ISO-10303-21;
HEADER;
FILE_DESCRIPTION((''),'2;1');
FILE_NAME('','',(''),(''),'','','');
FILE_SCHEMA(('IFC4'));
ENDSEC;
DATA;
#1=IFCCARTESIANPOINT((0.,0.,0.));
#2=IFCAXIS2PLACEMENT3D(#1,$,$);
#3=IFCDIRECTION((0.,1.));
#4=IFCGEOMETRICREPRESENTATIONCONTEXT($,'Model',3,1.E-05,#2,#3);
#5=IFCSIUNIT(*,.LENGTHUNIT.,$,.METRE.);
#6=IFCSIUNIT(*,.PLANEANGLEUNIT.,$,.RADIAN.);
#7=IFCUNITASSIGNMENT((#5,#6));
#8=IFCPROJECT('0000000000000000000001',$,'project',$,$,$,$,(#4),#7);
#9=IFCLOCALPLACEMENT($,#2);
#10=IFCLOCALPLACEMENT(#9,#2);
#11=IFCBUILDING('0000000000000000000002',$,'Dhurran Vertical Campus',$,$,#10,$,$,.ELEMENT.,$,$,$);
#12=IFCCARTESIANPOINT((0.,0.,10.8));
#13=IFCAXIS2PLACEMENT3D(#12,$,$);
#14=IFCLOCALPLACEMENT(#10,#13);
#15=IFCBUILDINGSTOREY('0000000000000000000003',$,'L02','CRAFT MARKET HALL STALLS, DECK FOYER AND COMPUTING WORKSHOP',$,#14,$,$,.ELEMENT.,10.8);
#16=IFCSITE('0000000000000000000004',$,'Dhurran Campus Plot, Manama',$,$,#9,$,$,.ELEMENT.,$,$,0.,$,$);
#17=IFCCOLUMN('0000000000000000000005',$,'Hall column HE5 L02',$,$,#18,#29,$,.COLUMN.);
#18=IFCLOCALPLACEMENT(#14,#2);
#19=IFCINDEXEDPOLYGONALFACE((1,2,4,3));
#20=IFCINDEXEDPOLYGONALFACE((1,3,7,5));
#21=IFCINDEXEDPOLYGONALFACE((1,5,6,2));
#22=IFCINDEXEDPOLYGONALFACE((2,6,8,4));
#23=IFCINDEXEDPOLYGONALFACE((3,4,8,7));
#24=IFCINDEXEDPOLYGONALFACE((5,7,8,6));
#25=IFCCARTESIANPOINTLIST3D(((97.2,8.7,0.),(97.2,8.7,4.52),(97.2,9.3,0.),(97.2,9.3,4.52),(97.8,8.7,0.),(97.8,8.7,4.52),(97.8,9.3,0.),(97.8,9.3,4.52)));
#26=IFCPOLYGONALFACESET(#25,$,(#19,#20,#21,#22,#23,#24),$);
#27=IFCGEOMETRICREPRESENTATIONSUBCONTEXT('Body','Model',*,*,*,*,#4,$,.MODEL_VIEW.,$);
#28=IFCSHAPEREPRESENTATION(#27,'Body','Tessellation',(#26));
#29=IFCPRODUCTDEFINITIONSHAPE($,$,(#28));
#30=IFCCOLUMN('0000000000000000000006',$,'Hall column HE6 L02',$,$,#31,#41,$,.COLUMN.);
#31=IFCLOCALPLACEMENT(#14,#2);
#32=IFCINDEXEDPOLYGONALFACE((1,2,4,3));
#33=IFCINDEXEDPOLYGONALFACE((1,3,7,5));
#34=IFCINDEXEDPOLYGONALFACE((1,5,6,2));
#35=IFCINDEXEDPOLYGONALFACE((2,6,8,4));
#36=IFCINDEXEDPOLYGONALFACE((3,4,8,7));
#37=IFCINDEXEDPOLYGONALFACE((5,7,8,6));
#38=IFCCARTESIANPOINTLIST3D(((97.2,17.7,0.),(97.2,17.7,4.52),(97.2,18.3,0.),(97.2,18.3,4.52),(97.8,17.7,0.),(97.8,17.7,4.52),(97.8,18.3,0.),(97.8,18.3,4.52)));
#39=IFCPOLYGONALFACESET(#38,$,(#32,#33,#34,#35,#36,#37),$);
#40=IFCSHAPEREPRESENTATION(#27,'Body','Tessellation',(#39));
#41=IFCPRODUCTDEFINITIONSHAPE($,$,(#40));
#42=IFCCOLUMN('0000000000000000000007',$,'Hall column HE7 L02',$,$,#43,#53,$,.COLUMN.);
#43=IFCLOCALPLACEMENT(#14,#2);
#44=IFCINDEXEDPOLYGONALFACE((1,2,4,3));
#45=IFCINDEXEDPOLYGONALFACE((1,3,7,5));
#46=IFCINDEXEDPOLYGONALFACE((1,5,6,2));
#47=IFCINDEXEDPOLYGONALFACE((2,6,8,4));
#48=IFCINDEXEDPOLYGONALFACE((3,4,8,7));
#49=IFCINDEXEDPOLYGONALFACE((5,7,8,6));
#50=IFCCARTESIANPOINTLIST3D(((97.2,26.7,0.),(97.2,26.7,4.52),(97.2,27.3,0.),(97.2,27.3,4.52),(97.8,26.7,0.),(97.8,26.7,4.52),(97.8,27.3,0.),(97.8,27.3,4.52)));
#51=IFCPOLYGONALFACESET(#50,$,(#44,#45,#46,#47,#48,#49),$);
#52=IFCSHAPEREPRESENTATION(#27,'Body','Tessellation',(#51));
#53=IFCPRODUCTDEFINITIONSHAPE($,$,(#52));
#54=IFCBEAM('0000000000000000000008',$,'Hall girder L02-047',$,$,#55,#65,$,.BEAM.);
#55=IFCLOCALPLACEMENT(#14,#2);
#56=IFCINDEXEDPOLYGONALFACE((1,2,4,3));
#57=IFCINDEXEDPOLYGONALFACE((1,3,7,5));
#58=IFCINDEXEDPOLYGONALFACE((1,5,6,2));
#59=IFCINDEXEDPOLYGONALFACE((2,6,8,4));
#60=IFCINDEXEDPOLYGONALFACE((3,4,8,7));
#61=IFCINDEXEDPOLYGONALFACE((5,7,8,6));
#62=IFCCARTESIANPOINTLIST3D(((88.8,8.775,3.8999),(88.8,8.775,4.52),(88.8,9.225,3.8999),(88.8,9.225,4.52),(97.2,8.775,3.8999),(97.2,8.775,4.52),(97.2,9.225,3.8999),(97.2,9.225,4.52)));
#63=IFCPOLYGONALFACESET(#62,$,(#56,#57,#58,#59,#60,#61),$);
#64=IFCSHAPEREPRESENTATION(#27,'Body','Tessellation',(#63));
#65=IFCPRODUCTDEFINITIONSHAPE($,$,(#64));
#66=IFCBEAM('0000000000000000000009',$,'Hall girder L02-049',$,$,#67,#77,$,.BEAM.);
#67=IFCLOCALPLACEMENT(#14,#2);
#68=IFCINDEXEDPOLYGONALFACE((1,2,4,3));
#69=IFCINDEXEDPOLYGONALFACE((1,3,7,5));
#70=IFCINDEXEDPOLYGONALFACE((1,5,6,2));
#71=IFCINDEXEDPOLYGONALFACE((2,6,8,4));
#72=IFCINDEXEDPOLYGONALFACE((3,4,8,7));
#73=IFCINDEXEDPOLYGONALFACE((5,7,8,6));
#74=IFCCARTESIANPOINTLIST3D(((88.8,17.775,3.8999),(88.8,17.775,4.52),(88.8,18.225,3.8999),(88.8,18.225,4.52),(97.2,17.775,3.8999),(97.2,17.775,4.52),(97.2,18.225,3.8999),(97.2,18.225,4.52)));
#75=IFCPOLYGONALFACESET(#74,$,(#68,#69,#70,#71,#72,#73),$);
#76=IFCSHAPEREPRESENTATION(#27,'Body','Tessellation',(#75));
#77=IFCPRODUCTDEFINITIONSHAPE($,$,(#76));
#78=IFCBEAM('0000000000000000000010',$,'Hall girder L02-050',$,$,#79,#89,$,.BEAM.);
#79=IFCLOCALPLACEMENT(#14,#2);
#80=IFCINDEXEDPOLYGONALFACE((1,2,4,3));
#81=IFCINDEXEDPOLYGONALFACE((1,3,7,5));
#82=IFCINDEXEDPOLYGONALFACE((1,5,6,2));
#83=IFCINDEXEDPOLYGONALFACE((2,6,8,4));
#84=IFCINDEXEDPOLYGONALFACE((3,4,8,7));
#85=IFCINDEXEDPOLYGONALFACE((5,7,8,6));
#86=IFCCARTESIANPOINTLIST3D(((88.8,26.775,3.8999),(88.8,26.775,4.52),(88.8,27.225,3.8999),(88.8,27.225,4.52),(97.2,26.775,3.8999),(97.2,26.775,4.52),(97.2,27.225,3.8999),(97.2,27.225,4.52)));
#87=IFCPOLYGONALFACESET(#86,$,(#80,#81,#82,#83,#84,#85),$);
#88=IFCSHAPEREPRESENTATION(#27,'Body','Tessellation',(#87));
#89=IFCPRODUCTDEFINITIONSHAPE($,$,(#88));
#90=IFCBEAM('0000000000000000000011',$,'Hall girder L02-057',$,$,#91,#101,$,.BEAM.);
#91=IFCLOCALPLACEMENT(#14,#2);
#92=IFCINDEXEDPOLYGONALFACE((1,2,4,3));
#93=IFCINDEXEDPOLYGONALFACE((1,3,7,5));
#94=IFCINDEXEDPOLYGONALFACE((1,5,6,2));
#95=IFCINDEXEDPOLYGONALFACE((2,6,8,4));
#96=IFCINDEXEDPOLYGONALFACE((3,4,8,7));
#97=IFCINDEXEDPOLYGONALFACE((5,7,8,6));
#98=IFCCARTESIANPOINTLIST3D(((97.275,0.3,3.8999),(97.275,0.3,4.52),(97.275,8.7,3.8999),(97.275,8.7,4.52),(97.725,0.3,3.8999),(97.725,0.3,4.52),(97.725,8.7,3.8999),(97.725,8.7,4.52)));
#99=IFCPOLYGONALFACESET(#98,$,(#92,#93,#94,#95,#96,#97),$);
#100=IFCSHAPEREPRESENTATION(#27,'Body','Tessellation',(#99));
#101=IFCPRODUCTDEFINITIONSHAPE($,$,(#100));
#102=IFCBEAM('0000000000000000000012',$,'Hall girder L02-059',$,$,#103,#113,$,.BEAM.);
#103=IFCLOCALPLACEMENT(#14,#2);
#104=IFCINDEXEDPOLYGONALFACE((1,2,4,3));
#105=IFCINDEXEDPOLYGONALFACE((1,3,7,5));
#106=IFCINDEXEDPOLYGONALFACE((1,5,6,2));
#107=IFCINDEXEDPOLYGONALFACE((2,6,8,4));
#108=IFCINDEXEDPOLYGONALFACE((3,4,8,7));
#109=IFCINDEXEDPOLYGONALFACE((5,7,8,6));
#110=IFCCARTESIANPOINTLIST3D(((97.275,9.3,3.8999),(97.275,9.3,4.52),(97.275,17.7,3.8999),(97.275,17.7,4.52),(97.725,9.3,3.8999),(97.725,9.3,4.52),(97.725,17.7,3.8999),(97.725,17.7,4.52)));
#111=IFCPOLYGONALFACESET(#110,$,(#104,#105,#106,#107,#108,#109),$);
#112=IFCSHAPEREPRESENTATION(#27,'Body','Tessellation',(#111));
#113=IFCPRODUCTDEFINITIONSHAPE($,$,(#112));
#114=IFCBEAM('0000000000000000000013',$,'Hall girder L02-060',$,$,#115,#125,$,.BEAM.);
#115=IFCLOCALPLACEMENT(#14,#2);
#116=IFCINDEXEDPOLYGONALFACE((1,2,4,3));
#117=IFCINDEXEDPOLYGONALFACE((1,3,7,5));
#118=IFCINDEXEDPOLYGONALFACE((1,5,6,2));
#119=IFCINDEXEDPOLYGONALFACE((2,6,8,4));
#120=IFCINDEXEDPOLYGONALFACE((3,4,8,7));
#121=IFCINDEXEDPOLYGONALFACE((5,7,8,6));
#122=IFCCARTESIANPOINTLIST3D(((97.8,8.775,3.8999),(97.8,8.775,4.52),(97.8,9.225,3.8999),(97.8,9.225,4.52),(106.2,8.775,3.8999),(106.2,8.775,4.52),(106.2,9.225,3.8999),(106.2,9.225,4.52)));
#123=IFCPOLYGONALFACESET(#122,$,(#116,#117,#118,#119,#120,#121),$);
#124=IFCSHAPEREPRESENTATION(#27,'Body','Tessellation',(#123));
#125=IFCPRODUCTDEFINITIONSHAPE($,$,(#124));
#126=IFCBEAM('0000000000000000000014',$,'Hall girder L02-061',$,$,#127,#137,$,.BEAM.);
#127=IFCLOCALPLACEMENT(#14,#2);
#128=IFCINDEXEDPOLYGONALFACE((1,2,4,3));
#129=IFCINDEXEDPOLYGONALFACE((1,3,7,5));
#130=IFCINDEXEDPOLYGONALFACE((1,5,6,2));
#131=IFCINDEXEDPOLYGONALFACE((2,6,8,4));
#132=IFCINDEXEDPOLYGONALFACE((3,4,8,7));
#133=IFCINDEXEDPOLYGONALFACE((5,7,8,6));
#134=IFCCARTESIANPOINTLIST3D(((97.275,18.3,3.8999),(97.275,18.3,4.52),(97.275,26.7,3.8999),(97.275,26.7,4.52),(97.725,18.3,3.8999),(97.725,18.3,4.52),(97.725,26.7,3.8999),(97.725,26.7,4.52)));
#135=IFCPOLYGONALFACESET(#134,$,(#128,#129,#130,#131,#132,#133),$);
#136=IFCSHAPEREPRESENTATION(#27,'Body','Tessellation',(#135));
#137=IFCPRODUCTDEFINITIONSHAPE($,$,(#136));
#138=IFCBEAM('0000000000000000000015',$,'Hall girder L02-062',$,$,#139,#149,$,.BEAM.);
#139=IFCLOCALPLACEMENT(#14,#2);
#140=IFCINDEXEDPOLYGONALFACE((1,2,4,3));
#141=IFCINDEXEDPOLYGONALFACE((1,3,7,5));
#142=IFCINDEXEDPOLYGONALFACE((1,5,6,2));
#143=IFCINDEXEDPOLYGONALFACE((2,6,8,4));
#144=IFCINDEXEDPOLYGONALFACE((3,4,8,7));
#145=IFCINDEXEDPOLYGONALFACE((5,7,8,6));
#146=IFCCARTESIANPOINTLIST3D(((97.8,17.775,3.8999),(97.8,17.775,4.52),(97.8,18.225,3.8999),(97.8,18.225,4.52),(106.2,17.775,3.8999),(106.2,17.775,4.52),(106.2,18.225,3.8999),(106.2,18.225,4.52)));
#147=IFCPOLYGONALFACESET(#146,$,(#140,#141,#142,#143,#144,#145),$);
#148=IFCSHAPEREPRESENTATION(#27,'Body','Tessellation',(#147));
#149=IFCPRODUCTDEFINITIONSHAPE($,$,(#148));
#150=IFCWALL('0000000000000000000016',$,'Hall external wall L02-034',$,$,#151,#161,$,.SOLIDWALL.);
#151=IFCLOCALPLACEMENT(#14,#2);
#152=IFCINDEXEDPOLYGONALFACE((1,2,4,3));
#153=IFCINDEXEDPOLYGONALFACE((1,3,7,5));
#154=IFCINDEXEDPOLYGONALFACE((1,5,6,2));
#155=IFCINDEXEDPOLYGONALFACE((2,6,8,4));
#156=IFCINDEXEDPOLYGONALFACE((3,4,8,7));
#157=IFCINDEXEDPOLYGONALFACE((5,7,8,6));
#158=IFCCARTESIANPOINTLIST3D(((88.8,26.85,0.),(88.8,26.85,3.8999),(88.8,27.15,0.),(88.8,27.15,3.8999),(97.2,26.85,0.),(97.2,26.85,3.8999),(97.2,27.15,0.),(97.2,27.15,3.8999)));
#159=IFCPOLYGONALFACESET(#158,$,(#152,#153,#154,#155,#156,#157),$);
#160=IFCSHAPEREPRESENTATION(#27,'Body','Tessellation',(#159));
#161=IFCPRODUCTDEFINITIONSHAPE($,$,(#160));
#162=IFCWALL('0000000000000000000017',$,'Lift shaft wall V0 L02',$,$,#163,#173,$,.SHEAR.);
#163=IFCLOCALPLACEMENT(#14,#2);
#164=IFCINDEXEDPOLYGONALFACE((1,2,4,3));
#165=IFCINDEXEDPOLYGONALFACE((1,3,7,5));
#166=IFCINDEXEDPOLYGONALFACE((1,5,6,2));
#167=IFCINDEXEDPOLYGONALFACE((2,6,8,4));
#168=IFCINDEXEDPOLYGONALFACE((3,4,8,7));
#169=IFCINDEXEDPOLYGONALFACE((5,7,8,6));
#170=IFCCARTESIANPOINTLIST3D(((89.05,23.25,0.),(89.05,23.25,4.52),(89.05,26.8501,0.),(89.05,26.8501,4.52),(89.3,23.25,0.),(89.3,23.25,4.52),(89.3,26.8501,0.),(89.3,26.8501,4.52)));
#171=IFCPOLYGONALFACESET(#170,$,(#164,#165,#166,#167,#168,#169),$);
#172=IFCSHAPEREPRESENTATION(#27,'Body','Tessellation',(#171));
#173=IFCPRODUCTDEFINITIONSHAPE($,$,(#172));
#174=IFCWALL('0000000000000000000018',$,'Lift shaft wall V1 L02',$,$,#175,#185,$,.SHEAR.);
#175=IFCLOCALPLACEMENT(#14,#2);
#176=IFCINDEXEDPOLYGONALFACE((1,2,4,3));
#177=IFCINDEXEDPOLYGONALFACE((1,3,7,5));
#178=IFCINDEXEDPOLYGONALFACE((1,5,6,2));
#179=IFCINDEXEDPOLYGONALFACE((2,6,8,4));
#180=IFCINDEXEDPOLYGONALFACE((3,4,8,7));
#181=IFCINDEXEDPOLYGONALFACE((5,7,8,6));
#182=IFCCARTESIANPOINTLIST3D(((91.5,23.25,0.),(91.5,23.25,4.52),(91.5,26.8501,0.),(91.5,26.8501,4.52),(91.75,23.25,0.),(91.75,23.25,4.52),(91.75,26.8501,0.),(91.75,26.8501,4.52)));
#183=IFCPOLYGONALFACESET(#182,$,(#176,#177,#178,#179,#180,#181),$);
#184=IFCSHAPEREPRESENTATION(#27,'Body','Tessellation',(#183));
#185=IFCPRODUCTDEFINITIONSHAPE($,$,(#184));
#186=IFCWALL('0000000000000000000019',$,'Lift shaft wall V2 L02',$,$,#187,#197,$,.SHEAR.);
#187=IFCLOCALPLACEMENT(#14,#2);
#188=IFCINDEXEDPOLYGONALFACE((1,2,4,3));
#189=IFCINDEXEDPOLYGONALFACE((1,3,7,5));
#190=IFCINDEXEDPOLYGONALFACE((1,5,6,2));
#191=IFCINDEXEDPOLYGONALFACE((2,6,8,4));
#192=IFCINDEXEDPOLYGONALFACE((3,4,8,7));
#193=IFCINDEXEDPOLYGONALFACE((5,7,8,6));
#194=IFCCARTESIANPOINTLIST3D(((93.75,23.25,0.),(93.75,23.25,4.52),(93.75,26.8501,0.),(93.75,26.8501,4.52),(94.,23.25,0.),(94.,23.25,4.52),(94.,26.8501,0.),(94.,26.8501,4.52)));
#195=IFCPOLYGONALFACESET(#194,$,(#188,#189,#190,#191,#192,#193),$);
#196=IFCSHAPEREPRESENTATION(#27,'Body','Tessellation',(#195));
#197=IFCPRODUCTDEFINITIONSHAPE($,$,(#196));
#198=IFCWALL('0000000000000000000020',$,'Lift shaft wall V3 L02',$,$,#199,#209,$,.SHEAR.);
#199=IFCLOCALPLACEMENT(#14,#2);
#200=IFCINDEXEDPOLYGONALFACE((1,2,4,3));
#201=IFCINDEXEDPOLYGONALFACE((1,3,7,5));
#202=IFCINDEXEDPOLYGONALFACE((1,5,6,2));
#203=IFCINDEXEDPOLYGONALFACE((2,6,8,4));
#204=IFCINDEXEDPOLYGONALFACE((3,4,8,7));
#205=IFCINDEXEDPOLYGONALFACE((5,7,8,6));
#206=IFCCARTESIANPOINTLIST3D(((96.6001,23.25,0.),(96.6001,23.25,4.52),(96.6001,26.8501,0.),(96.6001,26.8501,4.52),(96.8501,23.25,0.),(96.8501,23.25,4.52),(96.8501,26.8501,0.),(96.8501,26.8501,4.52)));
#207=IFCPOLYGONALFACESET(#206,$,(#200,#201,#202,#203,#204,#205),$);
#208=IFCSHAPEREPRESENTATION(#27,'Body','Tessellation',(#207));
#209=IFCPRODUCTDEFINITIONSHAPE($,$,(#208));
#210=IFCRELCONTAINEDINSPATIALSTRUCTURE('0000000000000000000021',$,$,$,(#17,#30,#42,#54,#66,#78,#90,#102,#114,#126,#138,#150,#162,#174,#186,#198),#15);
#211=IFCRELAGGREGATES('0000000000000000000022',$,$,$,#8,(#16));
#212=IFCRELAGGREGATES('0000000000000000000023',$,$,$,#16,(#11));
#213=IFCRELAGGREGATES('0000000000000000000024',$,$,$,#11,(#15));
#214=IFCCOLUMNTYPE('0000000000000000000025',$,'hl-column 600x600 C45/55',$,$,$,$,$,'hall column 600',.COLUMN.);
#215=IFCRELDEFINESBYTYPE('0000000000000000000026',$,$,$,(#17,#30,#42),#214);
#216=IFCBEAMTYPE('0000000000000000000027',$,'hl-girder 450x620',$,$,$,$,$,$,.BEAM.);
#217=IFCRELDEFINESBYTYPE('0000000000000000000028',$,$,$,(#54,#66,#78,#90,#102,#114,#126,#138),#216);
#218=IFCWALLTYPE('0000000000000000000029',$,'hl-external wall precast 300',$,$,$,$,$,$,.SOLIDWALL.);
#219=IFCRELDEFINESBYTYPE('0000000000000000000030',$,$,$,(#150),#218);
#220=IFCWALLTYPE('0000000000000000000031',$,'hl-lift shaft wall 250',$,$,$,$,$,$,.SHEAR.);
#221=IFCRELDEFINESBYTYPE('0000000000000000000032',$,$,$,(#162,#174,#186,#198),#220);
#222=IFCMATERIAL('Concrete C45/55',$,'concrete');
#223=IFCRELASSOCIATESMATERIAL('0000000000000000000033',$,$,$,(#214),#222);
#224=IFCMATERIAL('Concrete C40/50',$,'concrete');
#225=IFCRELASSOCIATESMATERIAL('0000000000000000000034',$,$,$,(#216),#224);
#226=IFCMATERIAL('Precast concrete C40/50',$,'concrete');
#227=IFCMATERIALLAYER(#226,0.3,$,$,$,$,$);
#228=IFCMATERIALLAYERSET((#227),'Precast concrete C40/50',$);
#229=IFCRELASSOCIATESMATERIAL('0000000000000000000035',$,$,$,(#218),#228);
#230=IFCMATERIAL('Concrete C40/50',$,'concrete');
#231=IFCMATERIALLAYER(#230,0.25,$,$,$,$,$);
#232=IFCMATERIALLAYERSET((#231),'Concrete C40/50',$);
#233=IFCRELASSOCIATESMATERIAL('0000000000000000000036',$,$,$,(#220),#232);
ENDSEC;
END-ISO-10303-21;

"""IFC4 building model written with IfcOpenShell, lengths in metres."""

from ifc_helpers import new_model, si_unit, direction, frame, frame_2d, origin, origin_2d, place, context, subcontext, project, spatial, rectangle, extrude, material, layer, layer_set, material_profile, profile_set, type_object, element, save


model = new_model("IFC4")

# Units and contexts
model_context = context("Model", 3, precision=1e-05, world=origin(), true_north=direction((0.0, 1.0)))
body_context = subcontext(model_context, "Body", "Model", "MODEL_VIEW")
ifc_project = project(units=[si_unit("LENGTHUNIT", "METRE"), si_unit("PLANEANGLEUNIT", "RADIAN")], contexts=[model_context])

# Site, building, storey
site_placement = place(None, origin())
site = spatial("IfcSite", under=ifc_project, at=site_placement, Name="Dhurran Campus Plot, Manama", CompositionType="ELEMENT", RefElevation=0.0)
building_placement = place(site_placement, origin())
building = spatial("IfcBuilding", under=site, at=building_placement, Name="Dhurran Vertical Campus", CompositionType="ELEMENT")
storey_placement = place(building_placement, frame((0.0, 0.0, 10.8)))
storey = spatial("IfcBuildingStorey", under=building, at=storey_placement, Name="L02", Description="CRAFT MARKET HALL STALLS, DECK FOYER AND COMPUTING WORKSHOP", CompositionType="ELEMENT", Elevation=10.8)

# Columns
ifc_material_1 = material(Name="Concrete C45/55", Category="concrete")
ifc_material_profile_1 = material_profile(ifc_material_1, rectangle(XDim=0.6001, YDim=0.6001, at=origin_2d()), Name="hl-column 600x600 C45/55")
ifc_profile_set_1 = profile_set([ifc_material_profile_1], Name="Concrete C45/55")
column_type = type_object("IfcColumnType", Name="hl-column 600x600 C45/55", ElementType="hall column 600", PredefinedType="COLUMN", material=ifc_profile_set_1)
for number, where, z_axis, x_axis, name in (
    (1, (97.5, 9.0, 0.0), (0.0, 0.0, 1.0), (1.0, 0.0, 0.0), "Hall column HE5 L02"),
    (2, (97.5, 18.0, 0.0), (0.0, 0.0, 1.0), (1.0, 0.0, 0.0), "Hall column HE6 L02"),
    (3, (97.5, 27.0, 0.0), (0.0, 0.0, 1.0), (1.0, 0.0, 0.0), "Hall column HE7 L02"),
):
    element("IfcColumn", number, at=place(storey_placement, frame(where, z_axis=z_axis, x_axis=x_axis)), inside=storey, type_object=column_type, Name=name, PredefinedType="COLUMN", context=body_context, shape_type="SweptSolid", body=[
        extrude(rectangle(XDim=0.6001, YDim=0.6001, at=origin_2d()), origin(), (0.0, 0.0, 1.0), 4.52),
    ])

# Beams
ifc_material_2 = material(Name="Concrete C40/50", Category="concrete")
ifc_material_profile_2 = material_profile(ifc_material_2, rectangle(XDim=0.45, YDim=0.6201, at=origin_2d()), Name="hl-girder 450x620")
ifc_profile_set_2 = profile_set([ifc_material_profile_2], Name="Concrete C40/50")
beam_type = type_object("IfcBeamType", Name="hl-girder 450x620", PredefinedType="BEAM", material=ifc_profile_set_2)
for number, where, z_axis, x_axis, name in (
    (4, (88.8, 9.0, 4.21), (1.0, 0.0, 0.0), (0.0, 1.0, 0.0), "Hall girder L02-047"),
    (5, (88.8, 18.0, 4.21), (1.0, 0.0, 0.0), (0.0, 1.0, 0.0), "Hall girder L02-049"),
    (6, (88.8, 27.0, 4.21), (1.0, 0.0, 0.0), (0.0, 1.0, 0.0), "Hall girder L02-050"),
    (7, (97.5, 0.3, 4.21), (0.0, 1.0, 0.0), (-1.0, 0.0, 0.0), "Hall girder L02-057"),
    (8, (97.5, 9.3, 4.21), (0.0, 1.0, 0.0), (-1.0, 0.0, 0.0), "Hall girder L02-059"),
    (9, (97.8, 9.0, 4.21), (1.0, 0.0, 0.0), (0.0, 1.0, 0.0), "Hall girder L02-060"),
    (10, (97.5, 18.3, 4.21), (0.0, 1.0, 0.0), (-1.0, 0.0, 0.0), "Hall girder L02-061"),
    (11, (97.8, 18.0, 4.21), (1.0, 0.0, 0.0), (0.0, 1.0, 0.0), "Hall girder L02-062"),
):
    element("IfcBeam", number, at=place(storey_placement, frame(where, z_axis=z_axis, x_axis=x_axis)), inside=storey, type_object=beam_type, Name=name, PredefinedType="BEAM", context=body_context, shape_type="SweptSolid", body=[
        extrude(rectangle(XDim=0.45, YDim=0.6201, at=origin_2d()), origin(), (0.0, 0.0, 1.0), 8.3999),
    ])

# Walls
ifc_material_3 = material(Name="Precast concrete C40/50", Category="concrete")
ifc_layer_1 = layer(ifc_material_3, 0.3)
ifc_layer_set_1 = layer_set([ifc_layer_1], Name="Precast concrete C40/50")
wall_type_1 = type_object("IfcWallType", Name="hl-external wall precast 300", PredefinedType="SOLIDWALL", material=ifc_layer_set_1)
wall_1_placement = place(storey_placement, frame((97.2, 27.0, 0.0), z_axis=(0.0, 0.0, 1.0), x_axis=(-1.0, 0.0, 0.0)))
element("IfcWall", 12, at=wall_1_placement, inside=storey, type_object=wall_type_1, Name="Hall external wall L02-034", PredefinedType="SOLIDWALL", context=body_context, shape_type="SweptSolid", body=[
    extrude(rectangle(XDim=8.3999, YDim=0.3, at=frame_2d((4.2, 0.0))), origin(), (0.0, 0.0, 1.0), 3.8999),
])
ifc_material_4 = material(Name="Concrete C40/50", Category="concrete")
ifc_layer_2 = layer(ifc_material_4, 0.25)
ifc_layer_set_2 = layer_set([ifc_layer_2], Name="Concrete C40/50")
wall_type_2 = type_object("IfcWallType", Name="hl-lift shaft wall 250", PredefinedType="SHEAR", material=ifc_layer_set_2)
for number, where, z_axis, x_axis, name in (
    (13, (89.175, 23.25, 0.0), (0.0, 0.0, 1.0), (0.0, 1.0, 0.0), "Lift shaft wall V0 L02"),
    (14, (91.625, 23.25, 0.0), (0.0, 0.0, 1.0), (0.0, 1.0, 0.0), "Lift shaft wall V1 L02"),
    (15, (93.875, 23.25, 0.0), (0.0, 0.0, 1.0), (0.0, 1.0, 0.0), "Lift shaft wall V2 L02"),
    (16, (96.7251, 23.25, 0.0), (0.0, 0.0, 1.0), (0.0, 1.0, 0.0), "Lift shaft wall V3 L02"),
):
    element("IfcWall", number, at=place(storey_placement, frame(where, z_axis=z_axis, x_axis=x_axis)), inside=storey, type_object=wall_type_2, Name=name, PredefinedType="SHEAR", context=body_context, shape_type="SweptSolid", body=[
        extrude(rectangle(XDim=3.6001, YDim=0.25, at=frame_2d((1.8, 0.0))), origin(), (0.0, 0.0, 1.0), 4.52),
    ])

save(model, "model.ifc")
